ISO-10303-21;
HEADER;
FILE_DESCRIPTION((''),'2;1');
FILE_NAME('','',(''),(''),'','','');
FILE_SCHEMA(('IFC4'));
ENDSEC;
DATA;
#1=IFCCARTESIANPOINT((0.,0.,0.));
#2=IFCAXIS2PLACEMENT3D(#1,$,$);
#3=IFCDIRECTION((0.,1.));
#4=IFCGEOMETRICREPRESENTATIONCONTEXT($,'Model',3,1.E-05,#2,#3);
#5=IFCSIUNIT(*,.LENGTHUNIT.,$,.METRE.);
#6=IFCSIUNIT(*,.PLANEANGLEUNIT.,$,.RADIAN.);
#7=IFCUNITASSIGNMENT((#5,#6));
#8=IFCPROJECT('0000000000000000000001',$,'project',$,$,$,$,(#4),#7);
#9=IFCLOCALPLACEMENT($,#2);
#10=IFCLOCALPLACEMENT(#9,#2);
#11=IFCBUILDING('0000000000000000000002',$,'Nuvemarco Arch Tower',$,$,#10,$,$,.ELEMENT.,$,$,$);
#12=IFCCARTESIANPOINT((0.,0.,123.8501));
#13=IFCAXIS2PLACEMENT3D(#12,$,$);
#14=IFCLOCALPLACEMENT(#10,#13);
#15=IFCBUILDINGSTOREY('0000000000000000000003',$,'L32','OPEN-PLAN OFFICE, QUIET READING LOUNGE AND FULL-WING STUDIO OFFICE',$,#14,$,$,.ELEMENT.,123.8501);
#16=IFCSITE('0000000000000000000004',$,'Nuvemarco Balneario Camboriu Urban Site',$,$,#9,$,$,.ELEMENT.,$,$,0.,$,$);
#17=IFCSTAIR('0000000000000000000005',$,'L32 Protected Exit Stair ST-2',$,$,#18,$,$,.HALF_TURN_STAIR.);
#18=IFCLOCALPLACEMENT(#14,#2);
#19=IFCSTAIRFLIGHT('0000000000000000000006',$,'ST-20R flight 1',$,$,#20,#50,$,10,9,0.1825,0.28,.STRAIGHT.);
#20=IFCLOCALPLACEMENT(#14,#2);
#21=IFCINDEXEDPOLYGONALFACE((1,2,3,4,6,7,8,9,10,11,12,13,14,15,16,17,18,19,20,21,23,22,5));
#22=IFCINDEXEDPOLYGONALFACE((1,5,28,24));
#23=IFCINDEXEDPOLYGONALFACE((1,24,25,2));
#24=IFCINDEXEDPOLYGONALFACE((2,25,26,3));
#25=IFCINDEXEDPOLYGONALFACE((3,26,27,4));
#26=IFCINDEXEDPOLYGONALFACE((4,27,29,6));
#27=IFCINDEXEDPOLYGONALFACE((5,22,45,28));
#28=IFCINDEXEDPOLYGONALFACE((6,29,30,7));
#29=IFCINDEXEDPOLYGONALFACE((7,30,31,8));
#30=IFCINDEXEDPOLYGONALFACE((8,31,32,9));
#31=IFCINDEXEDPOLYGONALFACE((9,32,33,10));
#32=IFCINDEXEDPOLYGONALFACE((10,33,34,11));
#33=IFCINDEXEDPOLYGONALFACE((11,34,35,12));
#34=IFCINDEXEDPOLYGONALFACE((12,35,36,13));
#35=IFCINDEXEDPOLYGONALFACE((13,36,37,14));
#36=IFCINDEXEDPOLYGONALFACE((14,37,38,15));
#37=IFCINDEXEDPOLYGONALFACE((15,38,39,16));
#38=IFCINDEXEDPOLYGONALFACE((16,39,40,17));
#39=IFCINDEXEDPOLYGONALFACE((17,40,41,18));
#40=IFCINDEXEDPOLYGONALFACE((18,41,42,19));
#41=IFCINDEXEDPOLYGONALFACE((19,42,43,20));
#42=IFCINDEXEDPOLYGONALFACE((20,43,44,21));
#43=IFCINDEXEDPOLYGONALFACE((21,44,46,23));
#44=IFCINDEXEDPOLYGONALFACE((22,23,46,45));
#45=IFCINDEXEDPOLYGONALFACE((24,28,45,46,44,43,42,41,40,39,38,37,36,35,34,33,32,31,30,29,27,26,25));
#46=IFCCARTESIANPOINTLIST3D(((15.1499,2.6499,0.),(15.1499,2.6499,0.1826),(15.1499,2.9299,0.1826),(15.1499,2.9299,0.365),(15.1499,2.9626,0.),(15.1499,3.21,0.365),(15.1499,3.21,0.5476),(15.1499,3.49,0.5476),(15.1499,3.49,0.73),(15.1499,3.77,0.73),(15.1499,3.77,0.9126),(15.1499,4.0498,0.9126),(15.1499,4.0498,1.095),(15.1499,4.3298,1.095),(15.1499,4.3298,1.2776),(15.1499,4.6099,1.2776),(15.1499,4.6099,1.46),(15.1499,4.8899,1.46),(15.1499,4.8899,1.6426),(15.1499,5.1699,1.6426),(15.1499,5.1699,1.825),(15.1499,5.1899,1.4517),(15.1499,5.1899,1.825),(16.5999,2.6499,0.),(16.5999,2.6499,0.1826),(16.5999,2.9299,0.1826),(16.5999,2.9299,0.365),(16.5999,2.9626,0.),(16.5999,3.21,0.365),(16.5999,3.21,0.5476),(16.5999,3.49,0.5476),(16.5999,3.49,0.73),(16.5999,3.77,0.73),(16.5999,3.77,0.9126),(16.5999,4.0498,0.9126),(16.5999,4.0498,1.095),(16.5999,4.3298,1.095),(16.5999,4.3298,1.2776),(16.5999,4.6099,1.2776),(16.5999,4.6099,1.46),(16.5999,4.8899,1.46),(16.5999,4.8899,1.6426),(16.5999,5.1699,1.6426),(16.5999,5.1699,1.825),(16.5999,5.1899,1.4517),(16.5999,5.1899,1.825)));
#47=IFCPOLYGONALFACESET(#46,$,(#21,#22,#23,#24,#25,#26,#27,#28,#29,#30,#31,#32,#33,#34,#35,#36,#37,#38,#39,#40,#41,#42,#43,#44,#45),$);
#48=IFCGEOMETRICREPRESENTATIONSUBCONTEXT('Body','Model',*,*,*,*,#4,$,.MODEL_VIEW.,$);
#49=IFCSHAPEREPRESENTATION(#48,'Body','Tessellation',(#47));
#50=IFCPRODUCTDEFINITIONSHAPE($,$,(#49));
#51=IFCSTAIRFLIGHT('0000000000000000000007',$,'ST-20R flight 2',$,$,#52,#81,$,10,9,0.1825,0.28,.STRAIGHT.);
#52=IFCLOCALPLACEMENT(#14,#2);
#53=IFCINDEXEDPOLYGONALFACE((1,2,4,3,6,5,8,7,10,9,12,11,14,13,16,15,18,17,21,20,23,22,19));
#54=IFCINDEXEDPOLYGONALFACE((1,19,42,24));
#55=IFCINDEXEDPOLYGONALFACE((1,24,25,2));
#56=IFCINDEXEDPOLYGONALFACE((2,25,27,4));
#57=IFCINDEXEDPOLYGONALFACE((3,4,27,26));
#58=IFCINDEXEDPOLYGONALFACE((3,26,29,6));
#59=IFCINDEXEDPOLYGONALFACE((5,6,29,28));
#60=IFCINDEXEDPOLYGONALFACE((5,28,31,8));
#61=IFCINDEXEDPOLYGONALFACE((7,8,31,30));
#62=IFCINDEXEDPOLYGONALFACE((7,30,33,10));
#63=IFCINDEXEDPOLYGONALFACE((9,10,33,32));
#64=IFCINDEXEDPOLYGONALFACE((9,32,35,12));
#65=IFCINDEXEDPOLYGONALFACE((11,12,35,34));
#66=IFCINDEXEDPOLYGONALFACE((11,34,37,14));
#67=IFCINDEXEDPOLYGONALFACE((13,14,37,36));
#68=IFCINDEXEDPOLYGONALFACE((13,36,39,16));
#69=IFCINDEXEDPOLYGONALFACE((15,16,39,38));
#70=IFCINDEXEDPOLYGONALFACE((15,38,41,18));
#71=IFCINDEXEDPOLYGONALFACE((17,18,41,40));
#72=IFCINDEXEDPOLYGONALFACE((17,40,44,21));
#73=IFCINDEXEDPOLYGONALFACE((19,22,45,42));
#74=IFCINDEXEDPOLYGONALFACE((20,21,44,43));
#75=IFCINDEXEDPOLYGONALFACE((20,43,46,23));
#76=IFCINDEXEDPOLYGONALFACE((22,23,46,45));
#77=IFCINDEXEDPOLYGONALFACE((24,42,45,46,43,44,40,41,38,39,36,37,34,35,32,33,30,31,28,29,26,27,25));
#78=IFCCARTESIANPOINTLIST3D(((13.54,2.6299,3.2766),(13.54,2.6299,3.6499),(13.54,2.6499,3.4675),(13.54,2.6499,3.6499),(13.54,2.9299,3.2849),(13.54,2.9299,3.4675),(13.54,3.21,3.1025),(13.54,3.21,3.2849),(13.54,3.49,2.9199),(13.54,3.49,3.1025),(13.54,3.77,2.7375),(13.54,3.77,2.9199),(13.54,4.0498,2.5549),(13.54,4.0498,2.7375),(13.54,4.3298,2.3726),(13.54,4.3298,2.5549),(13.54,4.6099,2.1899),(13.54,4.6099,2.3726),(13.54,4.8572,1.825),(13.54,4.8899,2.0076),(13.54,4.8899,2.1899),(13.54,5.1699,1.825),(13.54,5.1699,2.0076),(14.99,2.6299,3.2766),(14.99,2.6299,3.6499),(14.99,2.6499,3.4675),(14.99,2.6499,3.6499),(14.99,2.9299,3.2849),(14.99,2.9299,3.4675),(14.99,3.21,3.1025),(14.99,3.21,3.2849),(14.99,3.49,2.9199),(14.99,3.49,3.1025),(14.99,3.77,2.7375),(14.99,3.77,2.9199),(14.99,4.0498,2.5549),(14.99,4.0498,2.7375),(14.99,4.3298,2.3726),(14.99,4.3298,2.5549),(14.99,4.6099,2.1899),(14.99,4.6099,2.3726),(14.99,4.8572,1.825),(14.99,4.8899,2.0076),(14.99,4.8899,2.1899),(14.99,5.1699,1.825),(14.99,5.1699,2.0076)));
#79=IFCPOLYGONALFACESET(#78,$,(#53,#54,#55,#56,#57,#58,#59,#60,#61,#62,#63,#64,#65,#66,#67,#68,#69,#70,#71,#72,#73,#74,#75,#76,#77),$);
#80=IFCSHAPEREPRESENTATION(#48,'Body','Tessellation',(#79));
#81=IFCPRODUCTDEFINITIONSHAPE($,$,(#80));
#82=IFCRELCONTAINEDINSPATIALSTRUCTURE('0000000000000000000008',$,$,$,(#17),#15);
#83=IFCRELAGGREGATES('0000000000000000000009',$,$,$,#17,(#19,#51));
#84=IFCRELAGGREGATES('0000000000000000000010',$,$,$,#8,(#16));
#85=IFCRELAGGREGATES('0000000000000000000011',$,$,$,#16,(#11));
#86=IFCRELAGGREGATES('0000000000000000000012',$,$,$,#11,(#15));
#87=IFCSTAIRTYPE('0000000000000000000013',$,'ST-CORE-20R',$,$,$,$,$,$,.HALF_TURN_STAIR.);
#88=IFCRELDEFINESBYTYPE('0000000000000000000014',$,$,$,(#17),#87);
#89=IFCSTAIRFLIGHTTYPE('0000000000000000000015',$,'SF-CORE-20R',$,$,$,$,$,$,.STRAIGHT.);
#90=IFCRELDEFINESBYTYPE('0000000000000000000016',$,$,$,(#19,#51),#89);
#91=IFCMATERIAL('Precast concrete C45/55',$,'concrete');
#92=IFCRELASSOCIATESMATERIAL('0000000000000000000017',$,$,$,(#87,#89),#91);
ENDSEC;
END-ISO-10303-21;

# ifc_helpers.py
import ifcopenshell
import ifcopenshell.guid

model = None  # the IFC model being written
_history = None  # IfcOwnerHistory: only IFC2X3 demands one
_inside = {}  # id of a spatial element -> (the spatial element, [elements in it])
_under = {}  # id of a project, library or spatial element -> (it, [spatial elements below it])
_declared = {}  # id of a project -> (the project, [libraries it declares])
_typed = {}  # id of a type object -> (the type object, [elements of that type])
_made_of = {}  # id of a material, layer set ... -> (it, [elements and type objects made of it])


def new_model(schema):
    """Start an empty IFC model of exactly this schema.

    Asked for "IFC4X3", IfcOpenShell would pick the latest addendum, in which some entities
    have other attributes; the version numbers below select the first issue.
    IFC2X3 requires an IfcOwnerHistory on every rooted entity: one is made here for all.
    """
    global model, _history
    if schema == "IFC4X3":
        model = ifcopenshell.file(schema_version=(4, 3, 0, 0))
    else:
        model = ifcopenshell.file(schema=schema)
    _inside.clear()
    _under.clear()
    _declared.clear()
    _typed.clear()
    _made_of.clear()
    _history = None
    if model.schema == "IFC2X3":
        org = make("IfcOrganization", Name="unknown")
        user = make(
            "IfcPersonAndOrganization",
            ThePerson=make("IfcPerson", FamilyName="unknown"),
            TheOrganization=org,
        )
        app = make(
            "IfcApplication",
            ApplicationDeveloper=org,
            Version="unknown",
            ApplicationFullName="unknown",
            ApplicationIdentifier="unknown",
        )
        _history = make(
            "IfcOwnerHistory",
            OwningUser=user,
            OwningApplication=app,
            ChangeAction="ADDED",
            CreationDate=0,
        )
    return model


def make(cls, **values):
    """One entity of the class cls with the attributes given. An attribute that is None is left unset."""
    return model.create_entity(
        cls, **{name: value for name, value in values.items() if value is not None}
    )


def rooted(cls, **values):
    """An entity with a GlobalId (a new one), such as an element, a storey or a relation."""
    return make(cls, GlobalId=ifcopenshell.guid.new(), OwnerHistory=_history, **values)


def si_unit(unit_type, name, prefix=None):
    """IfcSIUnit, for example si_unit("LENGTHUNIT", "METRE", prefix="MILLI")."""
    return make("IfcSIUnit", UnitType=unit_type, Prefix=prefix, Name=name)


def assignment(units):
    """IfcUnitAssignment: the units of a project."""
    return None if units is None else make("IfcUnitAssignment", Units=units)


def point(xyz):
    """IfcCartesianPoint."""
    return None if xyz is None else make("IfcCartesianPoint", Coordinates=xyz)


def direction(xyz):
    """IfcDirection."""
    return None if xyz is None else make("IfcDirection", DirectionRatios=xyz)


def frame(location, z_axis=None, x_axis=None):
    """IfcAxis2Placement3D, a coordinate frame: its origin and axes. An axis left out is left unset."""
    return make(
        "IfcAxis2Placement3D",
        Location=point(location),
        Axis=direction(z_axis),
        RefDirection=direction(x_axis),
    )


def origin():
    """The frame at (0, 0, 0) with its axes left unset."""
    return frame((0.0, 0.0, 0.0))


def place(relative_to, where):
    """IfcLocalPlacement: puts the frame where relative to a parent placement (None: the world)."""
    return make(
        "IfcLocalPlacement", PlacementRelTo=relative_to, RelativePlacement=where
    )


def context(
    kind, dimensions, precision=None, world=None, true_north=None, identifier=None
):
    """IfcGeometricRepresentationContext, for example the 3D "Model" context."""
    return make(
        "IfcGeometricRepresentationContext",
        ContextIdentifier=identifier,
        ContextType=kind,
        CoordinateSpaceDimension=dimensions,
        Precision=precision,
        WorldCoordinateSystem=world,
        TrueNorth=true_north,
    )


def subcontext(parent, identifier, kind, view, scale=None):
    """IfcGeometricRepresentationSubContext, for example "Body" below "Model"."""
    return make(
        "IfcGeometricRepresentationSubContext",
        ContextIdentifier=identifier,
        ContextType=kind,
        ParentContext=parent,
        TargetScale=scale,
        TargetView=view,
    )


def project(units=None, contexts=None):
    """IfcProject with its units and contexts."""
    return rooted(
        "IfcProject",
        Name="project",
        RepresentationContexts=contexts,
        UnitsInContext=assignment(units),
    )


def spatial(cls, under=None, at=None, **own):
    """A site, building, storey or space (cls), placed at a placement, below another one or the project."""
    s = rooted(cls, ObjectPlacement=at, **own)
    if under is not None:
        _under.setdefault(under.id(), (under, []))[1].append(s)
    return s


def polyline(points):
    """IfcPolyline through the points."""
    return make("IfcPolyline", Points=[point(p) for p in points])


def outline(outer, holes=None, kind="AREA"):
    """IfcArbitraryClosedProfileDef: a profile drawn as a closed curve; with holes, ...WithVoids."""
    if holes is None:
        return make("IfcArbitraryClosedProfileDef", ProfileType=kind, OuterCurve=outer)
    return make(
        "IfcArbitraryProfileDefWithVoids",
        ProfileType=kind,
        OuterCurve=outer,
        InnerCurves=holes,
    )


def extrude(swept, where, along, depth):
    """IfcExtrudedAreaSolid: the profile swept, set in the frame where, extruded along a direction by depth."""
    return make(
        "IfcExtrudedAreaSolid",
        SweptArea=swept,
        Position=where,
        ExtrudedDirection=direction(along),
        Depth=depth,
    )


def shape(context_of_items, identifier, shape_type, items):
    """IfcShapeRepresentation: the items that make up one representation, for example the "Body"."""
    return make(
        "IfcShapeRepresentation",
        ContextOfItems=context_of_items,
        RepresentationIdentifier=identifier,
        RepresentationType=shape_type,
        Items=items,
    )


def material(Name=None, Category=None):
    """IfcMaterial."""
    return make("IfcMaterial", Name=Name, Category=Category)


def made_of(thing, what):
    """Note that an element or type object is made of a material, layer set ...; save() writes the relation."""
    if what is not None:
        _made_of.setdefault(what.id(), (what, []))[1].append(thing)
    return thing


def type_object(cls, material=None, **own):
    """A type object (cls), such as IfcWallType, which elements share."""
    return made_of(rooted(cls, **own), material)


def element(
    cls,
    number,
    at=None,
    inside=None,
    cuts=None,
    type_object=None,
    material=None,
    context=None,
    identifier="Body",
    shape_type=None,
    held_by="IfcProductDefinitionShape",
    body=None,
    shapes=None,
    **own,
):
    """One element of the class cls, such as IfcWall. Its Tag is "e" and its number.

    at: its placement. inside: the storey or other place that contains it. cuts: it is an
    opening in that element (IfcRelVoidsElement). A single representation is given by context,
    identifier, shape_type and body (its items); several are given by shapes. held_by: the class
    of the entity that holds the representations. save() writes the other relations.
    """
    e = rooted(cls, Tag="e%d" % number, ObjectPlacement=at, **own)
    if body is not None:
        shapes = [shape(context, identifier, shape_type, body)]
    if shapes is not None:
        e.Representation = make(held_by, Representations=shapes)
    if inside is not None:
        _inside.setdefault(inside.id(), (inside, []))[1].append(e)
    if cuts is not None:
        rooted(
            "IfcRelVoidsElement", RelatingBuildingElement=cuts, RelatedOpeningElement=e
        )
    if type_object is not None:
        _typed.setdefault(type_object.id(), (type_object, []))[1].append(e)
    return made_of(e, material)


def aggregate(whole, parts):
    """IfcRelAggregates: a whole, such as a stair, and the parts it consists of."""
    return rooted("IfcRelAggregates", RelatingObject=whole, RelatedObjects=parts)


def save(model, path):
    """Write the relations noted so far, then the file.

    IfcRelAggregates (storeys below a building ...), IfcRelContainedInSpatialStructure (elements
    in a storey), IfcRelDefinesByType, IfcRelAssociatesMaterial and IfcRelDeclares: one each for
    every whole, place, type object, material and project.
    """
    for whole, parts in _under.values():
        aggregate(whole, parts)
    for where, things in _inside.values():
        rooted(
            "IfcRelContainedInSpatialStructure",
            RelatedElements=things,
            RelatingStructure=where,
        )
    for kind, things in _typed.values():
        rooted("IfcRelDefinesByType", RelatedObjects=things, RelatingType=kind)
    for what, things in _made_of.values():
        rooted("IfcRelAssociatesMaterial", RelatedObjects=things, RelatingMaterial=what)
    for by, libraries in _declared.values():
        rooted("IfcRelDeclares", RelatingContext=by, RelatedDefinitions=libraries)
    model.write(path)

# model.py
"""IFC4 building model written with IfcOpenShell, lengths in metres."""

from ifc_helpers import new_model, si_unit, direction, frame, origin, place, context, subcontext, project, spatial, polyline, outline, extrude, material, type_object, element, aggregate, save


model = new_model("IFC4")

# Units and contexts
model_context = context("Model", 3, precision=1e-05, world=origin(), true_north=direction((0.0, 1.0)))
body_context = subcontext(model_context, "Body", "Model", "MODEL_VIEW")
ifc_project = project(units=[si_unit("LENGTHUNIT", "METRE"), si_unit("PLANEANGLEUNIT", "RADIAN")], contexts=[model_context])

# Site, building, storey
site_placement = place(None, origin())
site = spatial("IfcSite", under=ifc_project, at=site_placement, Name="Nuvemarco Balneario Camboriu Urban Site", CompositionType="ELEMENT", RefElevation=0.0)
building_placement = place(site_placement, origin())
building = spatial("IfcBuilding", under=site, at=building_placement, Name="Nuvemarco Arch Tower", CompositionType="ELEMENT")
storey_placement = place(building_placement, frame((0.0, 0.0, 123.8501)))
storey = spatial("IfcBuildingStorey", under=building, at=storey_placement, Name="L32", Description="OPEN-PLAN OFFICE, QUIET READING LOUNGE AND FULL-WING STUDIO OFFICE", CompositionType="ELEMENT", Elevation=123.8501)

# Shared definitions
ifc_material_1 = material(Name="Precast concrete C45/55", Category="concrete")

# Stair, stair flights
stair_type = type_object("IfcStairType", Name="ST-CORE-20R", PredefinedType="HALF_TURN_STAIR", material=ifc_material_1)
stair_placement = place(storey_placement, origin())
stair = element("IfcStair", 1, at=stair_placement, inside=storey, type_object=stair_type, Name="L32 Protected Exit Stair ST-2", PredefinedType="HALF_TURN_STAIR")
stair_flight_type = type_object("IfcStairFlightType", Name="SF-CORE-20R", PredefinedType="STRAIGHT", material=ifc_material_1)
stair_flight_1_placement = place(storey_placement, frame((15.875, 2.6499, 0.0), z_axis=(0.0, 0.0, 1.0), x_axis=(0.0, 1.0, 0.0)))
stair_flight_1 = element("IfcStairFlight", 2, at=stair_flight_1_placement, type_object=stair_flight_type, Name="ST-20R flight 1", NumberOfRisers=10, NumberOfTreads=9, PredefinedType="STRAIGHT", RiserHeight=0.1825, TreadLength=0.28, context=body_context, shape_type="SweptSolid", body=[
    extrude(outline(polyline([(0.0, 0.0), (0.0, 0.1826), (0.28, 0.1826), (0.28, 0.365), (0.5601, 0.365), (0.5601, 0.5476), (0.8401, 0.5476), (0.8401, 0.73), (1.1201, 0.73), (1.1201, 0.9126), (1.3999, 0.9126), (1.3999, 1.095), (1.6799, 1.095), (1.6799, 1.2776), (1.96, 1.2776), (1.96, 1.46), (2.24, 1.46), (2.24, 1.6426), (2.52, 1.6426), (2.52, 1.825), (2.54, 1.825), (2.54, 1.4517), (0.3127, 0.0), (0.0, 0.0)])), frame((0.0, 0.7251, 0.0), z_axis=(0.0, -1.0, 0.0), x_axis=(1.0, 0.0, 0.0)), (0.0, 0.0, 1.0), 1.45),
])
stair_flight_2_placement = place(storey_placement, frame((14.2649, 5.1699, 1.825), z_axis=(0.0, 0.0, 1.0), x_axis=(0.0, -1.0, 0.0)))
stair_flight_2 = element("IfcStairFlight", 3, at=stair_flight_2_placement, type_object=stair_flight_type, Name="ST-20R flight 2", NumberOfRisers=10, NumberOfTreads=9, PredefinedType="STRAIGHT", RiserHeight=0.1825, TreadLength=0.28, context=body_context, shape_type="SweptSolid", body=[
    extrude(outline(polyline([(0.0, 0.0), (0.0, 0.1826), (0.28, 0.1826), (0.28, 0.365), (0.5601, 0.365), (0.5601, 0.5476), (0.8401, 0.5476), (0.8401, 0.73), (1.1201, 0.73), (1.1201, 0.9126), (1.3999, 0.9126), (1.3999, 1.095), (1.6799, 1.095), (1.6799, 1.2776), (1.96, 1.2776), (1.96, 1.46), (2.24, 1.46), (2.24, 1.6426), (2.52, 1.6426), (2.52, 1.825), (2.54, 1.825), (2.54, 1.4517), (0.3127, 0.0), (0.0, 0.0)])), frame((0.0, 0.7251, 0.0), z_axis=(0.0, -1.0, 0.0), x_axis=(1.0, 0.0, 0.0)), (0.0, 0.0, 1.0), 1.45),
])
aggregate(stair, [stair_flight_1, stair_flight_2])

save(model, "model.ifc")
